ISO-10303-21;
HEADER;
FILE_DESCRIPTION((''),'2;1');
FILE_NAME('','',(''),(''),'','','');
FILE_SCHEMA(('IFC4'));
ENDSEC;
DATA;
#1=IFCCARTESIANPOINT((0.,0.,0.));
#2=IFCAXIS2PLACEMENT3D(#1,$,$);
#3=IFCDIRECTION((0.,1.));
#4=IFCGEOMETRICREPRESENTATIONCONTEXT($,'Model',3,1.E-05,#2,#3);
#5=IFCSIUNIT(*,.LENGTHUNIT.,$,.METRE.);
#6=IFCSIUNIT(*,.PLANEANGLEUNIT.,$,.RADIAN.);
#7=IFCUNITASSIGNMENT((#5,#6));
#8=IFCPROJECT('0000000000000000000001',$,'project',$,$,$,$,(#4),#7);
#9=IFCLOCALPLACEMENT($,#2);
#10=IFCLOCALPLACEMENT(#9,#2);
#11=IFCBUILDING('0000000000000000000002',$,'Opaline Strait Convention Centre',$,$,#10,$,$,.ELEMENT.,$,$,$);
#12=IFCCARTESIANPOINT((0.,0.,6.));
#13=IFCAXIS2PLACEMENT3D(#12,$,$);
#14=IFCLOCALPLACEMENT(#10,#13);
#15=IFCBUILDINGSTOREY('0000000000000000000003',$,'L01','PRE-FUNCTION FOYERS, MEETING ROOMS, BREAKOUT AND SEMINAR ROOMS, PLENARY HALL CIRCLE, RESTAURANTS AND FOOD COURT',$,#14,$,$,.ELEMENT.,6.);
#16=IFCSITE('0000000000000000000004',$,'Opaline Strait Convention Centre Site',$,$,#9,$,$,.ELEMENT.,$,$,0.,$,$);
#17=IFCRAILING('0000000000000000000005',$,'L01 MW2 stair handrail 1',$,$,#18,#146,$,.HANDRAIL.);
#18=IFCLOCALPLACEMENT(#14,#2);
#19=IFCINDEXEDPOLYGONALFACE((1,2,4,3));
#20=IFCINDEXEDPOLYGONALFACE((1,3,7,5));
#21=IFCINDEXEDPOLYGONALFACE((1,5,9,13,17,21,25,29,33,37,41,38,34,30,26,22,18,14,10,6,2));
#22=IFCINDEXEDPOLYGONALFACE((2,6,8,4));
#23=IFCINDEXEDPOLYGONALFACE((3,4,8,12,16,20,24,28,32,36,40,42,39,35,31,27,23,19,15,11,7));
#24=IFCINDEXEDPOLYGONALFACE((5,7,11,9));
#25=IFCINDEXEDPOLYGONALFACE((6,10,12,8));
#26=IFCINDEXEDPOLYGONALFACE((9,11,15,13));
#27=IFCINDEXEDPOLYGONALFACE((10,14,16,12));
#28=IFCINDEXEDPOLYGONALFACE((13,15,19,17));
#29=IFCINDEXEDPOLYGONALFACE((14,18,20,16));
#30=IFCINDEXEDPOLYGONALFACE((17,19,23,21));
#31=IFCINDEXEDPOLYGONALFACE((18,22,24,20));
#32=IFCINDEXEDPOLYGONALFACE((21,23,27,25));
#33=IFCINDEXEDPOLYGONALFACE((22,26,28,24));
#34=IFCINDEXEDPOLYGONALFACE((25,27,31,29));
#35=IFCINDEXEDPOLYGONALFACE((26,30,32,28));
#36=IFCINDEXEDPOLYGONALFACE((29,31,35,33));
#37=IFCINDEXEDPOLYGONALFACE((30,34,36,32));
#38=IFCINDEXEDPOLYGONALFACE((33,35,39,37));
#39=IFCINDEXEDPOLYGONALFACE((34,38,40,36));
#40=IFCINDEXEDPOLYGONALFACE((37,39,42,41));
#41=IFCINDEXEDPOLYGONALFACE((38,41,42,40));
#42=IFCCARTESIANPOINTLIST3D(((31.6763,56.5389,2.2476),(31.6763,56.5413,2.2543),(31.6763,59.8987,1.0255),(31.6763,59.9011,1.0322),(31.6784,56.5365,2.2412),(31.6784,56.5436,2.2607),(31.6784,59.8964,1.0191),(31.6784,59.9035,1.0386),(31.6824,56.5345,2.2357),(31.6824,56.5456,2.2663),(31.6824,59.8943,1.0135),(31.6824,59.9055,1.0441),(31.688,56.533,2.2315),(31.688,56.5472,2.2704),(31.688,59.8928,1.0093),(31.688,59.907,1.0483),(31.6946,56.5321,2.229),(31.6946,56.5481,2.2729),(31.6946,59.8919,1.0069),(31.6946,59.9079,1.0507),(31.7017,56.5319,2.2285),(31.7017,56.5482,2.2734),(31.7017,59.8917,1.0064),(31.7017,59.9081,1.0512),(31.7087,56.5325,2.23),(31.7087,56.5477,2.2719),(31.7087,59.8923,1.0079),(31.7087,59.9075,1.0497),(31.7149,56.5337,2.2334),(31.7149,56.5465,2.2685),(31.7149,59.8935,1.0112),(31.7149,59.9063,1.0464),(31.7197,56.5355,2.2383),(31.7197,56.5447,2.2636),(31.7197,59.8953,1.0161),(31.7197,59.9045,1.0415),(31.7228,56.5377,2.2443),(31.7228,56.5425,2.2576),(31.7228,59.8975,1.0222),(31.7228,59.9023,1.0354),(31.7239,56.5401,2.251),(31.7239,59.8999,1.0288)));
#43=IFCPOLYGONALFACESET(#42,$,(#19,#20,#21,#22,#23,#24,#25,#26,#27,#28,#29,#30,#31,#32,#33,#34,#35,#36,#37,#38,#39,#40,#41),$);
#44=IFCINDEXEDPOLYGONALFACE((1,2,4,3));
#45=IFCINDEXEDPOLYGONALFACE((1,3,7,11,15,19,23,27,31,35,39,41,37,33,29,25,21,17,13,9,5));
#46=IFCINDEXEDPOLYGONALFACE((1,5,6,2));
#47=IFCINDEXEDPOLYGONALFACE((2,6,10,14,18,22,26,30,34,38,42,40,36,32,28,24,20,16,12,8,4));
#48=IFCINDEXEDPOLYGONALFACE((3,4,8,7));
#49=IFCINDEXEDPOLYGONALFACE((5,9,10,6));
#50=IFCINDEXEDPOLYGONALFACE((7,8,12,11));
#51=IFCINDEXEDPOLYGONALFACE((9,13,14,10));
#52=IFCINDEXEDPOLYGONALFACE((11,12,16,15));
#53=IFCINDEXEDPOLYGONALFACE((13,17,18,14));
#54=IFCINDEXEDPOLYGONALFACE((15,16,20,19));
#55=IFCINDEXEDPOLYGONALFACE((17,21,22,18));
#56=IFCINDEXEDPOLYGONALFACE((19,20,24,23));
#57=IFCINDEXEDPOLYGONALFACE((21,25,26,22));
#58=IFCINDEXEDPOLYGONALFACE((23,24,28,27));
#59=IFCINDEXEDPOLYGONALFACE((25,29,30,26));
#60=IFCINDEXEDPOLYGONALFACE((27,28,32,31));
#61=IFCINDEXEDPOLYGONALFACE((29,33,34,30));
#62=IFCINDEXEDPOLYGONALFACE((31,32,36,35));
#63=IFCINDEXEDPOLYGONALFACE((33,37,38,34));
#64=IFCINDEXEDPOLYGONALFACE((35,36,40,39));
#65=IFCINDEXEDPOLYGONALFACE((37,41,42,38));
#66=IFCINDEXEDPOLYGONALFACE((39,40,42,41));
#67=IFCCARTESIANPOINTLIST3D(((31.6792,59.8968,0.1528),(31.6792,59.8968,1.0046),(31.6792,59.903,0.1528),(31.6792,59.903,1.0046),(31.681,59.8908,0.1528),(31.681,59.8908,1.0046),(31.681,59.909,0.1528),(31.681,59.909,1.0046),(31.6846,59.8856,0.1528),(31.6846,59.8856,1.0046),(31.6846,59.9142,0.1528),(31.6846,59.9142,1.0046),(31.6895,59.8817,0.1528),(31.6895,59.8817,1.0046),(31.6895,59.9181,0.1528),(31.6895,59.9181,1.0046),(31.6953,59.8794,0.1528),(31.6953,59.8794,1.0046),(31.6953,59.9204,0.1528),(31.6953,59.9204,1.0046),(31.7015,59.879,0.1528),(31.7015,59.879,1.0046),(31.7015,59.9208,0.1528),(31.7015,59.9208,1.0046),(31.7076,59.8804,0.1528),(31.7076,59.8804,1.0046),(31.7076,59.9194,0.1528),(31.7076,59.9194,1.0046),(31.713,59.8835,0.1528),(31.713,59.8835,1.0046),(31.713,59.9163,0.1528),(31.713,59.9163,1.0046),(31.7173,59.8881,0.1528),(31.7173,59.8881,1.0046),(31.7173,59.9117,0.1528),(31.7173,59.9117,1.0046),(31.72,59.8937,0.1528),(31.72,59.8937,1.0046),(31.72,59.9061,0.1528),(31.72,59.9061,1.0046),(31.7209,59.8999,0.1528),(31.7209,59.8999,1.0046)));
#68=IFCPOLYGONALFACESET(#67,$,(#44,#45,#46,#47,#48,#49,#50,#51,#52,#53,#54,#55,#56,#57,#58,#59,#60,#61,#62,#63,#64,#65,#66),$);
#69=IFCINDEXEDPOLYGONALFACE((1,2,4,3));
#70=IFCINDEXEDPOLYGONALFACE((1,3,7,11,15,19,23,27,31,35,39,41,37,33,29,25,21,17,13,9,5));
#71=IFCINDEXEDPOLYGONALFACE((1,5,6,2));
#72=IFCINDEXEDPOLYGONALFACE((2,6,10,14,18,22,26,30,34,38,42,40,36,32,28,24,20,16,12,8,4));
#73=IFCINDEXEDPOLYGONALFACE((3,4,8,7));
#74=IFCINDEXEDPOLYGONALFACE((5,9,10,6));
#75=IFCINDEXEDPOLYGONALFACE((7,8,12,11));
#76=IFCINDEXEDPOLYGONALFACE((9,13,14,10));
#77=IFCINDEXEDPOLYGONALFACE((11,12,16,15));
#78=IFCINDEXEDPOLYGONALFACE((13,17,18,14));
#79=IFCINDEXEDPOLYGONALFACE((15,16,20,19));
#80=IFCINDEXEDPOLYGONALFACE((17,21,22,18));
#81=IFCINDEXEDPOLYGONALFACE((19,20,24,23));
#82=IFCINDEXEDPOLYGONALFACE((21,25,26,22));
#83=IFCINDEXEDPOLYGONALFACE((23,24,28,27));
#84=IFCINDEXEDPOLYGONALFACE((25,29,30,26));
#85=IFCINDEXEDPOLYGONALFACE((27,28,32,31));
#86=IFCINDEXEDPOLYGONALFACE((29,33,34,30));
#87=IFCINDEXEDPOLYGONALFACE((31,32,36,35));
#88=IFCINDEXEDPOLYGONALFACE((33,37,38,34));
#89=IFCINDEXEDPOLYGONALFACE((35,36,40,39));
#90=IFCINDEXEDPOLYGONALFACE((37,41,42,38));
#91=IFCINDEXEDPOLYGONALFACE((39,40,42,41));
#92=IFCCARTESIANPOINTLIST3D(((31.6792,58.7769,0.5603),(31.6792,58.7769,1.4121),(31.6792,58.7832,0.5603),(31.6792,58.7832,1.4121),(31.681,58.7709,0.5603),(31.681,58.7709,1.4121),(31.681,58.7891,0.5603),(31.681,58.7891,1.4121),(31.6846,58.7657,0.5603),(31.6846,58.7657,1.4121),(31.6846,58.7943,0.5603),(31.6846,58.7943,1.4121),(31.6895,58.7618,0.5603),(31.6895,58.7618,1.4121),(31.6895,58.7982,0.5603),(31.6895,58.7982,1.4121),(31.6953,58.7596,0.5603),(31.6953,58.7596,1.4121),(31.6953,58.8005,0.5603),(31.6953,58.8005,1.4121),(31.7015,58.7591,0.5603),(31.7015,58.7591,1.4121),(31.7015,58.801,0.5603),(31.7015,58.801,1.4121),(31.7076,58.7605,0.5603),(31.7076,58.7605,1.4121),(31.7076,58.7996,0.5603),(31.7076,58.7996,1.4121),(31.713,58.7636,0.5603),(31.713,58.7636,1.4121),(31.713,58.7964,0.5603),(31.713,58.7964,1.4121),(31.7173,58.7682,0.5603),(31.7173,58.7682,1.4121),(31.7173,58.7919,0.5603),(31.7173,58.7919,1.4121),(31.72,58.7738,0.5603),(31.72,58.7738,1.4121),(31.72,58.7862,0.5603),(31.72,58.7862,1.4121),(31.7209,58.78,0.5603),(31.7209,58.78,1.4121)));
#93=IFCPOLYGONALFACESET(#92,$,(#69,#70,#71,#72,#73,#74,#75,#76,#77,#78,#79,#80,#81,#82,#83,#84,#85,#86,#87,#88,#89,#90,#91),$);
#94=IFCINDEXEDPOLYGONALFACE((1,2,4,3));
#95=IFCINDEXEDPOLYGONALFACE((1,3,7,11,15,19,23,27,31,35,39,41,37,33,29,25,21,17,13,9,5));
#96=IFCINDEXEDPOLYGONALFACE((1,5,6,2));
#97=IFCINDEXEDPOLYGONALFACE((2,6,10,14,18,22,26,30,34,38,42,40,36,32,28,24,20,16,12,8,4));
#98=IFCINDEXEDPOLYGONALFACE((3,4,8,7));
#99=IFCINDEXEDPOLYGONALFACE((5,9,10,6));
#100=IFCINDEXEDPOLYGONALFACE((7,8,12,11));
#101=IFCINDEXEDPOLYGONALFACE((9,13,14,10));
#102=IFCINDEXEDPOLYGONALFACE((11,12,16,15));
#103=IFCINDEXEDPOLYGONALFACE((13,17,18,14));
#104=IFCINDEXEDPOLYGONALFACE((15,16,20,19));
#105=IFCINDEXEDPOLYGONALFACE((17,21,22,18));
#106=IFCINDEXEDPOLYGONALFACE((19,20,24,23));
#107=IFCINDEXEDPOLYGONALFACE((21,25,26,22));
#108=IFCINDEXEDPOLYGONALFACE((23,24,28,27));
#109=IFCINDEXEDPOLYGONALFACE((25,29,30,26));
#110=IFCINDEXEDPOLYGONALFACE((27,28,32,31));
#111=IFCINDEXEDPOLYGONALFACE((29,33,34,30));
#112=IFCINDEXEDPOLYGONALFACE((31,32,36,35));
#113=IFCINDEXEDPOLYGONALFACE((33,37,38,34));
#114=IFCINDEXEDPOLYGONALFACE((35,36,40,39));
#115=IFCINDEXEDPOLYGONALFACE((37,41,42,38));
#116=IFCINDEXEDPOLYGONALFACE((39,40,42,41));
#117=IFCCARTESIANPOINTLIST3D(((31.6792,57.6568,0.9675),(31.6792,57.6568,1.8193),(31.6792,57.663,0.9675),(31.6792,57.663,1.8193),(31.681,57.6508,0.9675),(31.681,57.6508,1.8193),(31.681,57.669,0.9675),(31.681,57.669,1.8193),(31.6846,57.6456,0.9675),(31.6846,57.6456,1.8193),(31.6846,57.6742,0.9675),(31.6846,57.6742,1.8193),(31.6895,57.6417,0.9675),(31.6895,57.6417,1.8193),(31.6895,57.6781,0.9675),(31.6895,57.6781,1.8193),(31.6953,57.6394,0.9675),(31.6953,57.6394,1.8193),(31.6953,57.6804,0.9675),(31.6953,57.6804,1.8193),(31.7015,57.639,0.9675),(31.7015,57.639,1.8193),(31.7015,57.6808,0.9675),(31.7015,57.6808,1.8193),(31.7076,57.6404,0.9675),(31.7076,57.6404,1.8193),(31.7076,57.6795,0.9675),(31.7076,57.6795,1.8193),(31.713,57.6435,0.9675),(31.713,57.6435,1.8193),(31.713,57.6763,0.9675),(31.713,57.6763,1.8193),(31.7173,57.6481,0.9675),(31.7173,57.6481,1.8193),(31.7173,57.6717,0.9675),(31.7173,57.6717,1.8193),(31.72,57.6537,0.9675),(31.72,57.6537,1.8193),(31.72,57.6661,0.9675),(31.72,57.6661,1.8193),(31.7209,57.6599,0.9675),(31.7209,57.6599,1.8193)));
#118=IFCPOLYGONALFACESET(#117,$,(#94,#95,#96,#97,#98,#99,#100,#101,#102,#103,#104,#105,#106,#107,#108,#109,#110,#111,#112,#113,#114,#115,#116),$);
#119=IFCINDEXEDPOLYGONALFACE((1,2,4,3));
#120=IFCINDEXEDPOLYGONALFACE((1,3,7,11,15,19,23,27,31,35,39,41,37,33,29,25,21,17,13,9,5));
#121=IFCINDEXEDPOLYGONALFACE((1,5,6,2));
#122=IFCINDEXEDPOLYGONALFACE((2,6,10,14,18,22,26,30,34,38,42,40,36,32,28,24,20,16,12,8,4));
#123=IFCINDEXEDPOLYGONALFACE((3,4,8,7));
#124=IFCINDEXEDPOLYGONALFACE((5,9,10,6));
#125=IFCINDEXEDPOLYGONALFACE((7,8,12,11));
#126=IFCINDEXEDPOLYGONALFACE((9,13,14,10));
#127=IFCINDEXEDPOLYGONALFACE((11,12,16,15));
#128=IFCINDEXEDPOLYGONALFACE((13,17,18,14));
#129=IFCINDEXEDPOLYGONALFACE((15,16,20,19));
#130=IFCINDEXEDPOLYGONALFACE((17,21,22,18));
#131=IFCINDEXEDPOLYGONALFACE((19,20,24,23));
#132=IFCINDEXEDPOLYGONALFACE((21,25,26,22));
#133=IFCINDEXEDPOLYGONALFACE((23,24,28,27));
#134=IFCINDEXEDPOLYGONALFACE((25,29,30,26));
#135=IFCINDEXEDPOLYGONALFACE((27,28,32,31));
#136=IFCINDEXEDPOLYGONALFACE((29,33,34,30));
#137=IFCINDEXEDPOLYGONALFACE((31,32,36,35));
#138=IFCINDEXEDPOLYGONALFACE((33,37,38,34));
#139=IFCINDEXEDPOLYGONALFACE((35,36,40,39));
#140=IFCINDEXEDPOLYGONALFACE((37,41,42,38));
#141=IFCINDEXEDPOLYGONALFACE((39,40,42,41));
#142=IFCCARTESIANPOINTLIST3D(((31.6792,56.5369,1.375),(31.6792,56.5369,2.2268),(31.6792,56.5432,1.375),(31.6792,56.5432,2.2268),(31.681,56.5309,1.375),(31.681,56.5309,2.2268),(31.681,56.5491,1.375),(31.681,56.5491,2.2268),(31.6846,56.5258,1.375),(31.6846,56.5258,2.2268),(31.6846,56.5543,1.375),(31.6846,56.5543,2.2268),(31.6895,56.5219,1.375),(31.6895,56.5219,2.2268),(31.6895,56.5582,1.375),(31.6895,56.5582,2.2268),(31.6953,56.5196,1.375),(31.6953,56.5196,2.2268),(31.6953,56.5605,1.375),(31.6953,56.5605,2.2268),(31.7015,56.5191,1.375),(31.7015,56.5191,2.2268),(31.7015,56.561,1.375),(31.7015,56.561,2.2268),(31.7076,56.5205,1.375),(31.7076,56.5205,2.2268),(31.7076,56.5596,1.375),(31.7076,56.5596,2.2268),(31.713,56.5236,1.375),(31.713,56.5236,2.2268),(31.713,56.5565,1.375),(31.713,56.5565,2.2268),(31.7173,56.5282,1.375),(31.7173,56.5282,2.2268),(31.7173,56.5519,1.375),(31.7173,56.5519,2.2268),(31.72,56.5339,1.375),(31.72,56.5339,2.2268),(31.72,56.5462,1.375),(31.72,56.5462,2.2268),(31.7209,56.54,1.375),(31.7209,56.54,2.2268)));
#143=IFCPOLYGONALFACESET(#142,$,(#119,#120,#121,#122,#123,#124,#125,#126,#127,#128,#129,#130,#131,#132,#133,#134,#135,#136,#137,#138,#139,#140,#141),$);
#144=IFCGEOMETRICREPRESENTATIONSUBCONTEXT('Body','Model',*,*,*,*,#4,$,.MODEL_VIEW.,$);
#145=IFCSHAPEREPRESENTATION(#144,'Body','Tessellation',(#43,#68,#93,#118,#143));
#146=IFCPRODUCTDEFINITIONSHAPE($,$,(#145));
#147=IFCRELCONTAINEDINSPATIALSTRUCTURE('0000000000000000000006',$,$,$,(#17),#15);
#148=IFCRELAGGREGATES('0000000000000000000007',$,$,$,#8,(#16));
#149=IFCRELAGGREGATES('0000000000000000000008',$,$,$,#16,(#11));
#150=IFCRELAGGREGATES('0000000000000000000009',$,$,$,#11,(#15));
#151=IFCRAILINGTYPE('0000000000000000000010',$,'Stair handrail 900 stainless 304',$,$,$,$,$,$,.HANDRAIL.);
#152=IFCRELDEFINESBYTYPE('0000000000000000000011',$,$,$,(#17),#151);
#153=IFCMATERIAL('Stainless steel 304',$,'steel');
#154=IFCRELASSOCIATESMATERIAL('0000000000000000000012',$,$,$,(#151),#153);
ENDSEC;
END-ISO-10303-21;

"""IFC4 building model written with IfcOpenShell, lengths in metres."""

from ifc_helpers import new_model, si_unit, direction, frame, origin, origin_2d, place, context, subcontext, project, spatial, circle, extrude, material, type_object, element, save


model = new_model("IFC4")

# Units and contexts
model_context = context("Model", 3, precision=1e-05, world=origin(), true_north=direction((0.0, 1.0)))
body_context = subcontext(model_context, "Body", "Model", "MODEL_VIEW")
ifc_project = project(units=[si_unit("LENGTHUNIT", "METRE"), si_unit("PLANEANGLEUNIT", "RADIAN")], contexts=[model_context])

# Site, building, storey
site_placement = place(None, origin())
site = spatial("IfcSite", under=ifc_project, at=site_placement, Name="Opaline Strait Convention Centre Site", CompositionType="ELEMENT", RefElevation=0.0)
building_placement = place(site_placement, origin())
building = spatial("IfcBuilding", under=site, at=building_placement, Name="Opaline Strait Convention Centre", CompositionType="ELEMENT")
storey_placement = place(building_placement, frame((0.0, 0.0, 6.0)))
storey = spatial("IfcBuildingStorey", under=building, at=storey_placement, Name="L01", Description="PRE-FUNCTION FOYERS, MEETING ROOMS, BREAKOUT AND SEMINAR ROOMS, PLENARY HALL CIRCLE, RESTAURANTS AND FOOD COURT", CompositionType="ELEMENT", Elevation=6.0)

# Railing
ifc_material_1 = material(Name="Stainless steel 304", Category="steel")
railing_type_1 = type_object("IfcRailingType", Name="Stair handrail 900 stainless 304", PredefinedType="HANDRAIL", material=ifc_material_1)
for number, where, name in (
    (1, (31.7, 59.8999, 0.1528), "L01 MW2 stair handrail 1"),
):
    element("IfcRailing", number, at=place(storey_placement, frame(where)), inside=storey, type_object=railing_type_1, Name=name, PredefinedType="HANDRAIL", context=body_context, shape_type="SweptSolid", body=[
        extrude(circle(Radius=0.0239, at=origin_2d()), frame((0.0, 0.0, 0.876), z_axis=(0.0, -0.939758, 0.341842), x_axis=(1.0, 0.0, 0.0)), (0.0, 0.0, 1.0), 3.5752),
        extrude(circle(Radius=0.021, at=origin_2d()), origin(), (0.0, 0.0, 1.0), 0.8518),
        extrude(circle(Radius=0.021, at=origin_2d()), frame((0.0, -1.1199, 0.4075)), (0.0, 0.0, 1.0), 0.8518),
        extrude(circle(Radius=0.021, at=origin_2d()), frame((0.0, -2.24, 0.8147)), (0.0, 0.0, 1.0), 0.8518),
        extrude(circle(Radius=0.021, at=origin_2d()), frame((0.0, -3.3599, 1.2222)), (0.0, 0.0, 1.0), 0.8518),
    ])

save(model, "model.ifc")
